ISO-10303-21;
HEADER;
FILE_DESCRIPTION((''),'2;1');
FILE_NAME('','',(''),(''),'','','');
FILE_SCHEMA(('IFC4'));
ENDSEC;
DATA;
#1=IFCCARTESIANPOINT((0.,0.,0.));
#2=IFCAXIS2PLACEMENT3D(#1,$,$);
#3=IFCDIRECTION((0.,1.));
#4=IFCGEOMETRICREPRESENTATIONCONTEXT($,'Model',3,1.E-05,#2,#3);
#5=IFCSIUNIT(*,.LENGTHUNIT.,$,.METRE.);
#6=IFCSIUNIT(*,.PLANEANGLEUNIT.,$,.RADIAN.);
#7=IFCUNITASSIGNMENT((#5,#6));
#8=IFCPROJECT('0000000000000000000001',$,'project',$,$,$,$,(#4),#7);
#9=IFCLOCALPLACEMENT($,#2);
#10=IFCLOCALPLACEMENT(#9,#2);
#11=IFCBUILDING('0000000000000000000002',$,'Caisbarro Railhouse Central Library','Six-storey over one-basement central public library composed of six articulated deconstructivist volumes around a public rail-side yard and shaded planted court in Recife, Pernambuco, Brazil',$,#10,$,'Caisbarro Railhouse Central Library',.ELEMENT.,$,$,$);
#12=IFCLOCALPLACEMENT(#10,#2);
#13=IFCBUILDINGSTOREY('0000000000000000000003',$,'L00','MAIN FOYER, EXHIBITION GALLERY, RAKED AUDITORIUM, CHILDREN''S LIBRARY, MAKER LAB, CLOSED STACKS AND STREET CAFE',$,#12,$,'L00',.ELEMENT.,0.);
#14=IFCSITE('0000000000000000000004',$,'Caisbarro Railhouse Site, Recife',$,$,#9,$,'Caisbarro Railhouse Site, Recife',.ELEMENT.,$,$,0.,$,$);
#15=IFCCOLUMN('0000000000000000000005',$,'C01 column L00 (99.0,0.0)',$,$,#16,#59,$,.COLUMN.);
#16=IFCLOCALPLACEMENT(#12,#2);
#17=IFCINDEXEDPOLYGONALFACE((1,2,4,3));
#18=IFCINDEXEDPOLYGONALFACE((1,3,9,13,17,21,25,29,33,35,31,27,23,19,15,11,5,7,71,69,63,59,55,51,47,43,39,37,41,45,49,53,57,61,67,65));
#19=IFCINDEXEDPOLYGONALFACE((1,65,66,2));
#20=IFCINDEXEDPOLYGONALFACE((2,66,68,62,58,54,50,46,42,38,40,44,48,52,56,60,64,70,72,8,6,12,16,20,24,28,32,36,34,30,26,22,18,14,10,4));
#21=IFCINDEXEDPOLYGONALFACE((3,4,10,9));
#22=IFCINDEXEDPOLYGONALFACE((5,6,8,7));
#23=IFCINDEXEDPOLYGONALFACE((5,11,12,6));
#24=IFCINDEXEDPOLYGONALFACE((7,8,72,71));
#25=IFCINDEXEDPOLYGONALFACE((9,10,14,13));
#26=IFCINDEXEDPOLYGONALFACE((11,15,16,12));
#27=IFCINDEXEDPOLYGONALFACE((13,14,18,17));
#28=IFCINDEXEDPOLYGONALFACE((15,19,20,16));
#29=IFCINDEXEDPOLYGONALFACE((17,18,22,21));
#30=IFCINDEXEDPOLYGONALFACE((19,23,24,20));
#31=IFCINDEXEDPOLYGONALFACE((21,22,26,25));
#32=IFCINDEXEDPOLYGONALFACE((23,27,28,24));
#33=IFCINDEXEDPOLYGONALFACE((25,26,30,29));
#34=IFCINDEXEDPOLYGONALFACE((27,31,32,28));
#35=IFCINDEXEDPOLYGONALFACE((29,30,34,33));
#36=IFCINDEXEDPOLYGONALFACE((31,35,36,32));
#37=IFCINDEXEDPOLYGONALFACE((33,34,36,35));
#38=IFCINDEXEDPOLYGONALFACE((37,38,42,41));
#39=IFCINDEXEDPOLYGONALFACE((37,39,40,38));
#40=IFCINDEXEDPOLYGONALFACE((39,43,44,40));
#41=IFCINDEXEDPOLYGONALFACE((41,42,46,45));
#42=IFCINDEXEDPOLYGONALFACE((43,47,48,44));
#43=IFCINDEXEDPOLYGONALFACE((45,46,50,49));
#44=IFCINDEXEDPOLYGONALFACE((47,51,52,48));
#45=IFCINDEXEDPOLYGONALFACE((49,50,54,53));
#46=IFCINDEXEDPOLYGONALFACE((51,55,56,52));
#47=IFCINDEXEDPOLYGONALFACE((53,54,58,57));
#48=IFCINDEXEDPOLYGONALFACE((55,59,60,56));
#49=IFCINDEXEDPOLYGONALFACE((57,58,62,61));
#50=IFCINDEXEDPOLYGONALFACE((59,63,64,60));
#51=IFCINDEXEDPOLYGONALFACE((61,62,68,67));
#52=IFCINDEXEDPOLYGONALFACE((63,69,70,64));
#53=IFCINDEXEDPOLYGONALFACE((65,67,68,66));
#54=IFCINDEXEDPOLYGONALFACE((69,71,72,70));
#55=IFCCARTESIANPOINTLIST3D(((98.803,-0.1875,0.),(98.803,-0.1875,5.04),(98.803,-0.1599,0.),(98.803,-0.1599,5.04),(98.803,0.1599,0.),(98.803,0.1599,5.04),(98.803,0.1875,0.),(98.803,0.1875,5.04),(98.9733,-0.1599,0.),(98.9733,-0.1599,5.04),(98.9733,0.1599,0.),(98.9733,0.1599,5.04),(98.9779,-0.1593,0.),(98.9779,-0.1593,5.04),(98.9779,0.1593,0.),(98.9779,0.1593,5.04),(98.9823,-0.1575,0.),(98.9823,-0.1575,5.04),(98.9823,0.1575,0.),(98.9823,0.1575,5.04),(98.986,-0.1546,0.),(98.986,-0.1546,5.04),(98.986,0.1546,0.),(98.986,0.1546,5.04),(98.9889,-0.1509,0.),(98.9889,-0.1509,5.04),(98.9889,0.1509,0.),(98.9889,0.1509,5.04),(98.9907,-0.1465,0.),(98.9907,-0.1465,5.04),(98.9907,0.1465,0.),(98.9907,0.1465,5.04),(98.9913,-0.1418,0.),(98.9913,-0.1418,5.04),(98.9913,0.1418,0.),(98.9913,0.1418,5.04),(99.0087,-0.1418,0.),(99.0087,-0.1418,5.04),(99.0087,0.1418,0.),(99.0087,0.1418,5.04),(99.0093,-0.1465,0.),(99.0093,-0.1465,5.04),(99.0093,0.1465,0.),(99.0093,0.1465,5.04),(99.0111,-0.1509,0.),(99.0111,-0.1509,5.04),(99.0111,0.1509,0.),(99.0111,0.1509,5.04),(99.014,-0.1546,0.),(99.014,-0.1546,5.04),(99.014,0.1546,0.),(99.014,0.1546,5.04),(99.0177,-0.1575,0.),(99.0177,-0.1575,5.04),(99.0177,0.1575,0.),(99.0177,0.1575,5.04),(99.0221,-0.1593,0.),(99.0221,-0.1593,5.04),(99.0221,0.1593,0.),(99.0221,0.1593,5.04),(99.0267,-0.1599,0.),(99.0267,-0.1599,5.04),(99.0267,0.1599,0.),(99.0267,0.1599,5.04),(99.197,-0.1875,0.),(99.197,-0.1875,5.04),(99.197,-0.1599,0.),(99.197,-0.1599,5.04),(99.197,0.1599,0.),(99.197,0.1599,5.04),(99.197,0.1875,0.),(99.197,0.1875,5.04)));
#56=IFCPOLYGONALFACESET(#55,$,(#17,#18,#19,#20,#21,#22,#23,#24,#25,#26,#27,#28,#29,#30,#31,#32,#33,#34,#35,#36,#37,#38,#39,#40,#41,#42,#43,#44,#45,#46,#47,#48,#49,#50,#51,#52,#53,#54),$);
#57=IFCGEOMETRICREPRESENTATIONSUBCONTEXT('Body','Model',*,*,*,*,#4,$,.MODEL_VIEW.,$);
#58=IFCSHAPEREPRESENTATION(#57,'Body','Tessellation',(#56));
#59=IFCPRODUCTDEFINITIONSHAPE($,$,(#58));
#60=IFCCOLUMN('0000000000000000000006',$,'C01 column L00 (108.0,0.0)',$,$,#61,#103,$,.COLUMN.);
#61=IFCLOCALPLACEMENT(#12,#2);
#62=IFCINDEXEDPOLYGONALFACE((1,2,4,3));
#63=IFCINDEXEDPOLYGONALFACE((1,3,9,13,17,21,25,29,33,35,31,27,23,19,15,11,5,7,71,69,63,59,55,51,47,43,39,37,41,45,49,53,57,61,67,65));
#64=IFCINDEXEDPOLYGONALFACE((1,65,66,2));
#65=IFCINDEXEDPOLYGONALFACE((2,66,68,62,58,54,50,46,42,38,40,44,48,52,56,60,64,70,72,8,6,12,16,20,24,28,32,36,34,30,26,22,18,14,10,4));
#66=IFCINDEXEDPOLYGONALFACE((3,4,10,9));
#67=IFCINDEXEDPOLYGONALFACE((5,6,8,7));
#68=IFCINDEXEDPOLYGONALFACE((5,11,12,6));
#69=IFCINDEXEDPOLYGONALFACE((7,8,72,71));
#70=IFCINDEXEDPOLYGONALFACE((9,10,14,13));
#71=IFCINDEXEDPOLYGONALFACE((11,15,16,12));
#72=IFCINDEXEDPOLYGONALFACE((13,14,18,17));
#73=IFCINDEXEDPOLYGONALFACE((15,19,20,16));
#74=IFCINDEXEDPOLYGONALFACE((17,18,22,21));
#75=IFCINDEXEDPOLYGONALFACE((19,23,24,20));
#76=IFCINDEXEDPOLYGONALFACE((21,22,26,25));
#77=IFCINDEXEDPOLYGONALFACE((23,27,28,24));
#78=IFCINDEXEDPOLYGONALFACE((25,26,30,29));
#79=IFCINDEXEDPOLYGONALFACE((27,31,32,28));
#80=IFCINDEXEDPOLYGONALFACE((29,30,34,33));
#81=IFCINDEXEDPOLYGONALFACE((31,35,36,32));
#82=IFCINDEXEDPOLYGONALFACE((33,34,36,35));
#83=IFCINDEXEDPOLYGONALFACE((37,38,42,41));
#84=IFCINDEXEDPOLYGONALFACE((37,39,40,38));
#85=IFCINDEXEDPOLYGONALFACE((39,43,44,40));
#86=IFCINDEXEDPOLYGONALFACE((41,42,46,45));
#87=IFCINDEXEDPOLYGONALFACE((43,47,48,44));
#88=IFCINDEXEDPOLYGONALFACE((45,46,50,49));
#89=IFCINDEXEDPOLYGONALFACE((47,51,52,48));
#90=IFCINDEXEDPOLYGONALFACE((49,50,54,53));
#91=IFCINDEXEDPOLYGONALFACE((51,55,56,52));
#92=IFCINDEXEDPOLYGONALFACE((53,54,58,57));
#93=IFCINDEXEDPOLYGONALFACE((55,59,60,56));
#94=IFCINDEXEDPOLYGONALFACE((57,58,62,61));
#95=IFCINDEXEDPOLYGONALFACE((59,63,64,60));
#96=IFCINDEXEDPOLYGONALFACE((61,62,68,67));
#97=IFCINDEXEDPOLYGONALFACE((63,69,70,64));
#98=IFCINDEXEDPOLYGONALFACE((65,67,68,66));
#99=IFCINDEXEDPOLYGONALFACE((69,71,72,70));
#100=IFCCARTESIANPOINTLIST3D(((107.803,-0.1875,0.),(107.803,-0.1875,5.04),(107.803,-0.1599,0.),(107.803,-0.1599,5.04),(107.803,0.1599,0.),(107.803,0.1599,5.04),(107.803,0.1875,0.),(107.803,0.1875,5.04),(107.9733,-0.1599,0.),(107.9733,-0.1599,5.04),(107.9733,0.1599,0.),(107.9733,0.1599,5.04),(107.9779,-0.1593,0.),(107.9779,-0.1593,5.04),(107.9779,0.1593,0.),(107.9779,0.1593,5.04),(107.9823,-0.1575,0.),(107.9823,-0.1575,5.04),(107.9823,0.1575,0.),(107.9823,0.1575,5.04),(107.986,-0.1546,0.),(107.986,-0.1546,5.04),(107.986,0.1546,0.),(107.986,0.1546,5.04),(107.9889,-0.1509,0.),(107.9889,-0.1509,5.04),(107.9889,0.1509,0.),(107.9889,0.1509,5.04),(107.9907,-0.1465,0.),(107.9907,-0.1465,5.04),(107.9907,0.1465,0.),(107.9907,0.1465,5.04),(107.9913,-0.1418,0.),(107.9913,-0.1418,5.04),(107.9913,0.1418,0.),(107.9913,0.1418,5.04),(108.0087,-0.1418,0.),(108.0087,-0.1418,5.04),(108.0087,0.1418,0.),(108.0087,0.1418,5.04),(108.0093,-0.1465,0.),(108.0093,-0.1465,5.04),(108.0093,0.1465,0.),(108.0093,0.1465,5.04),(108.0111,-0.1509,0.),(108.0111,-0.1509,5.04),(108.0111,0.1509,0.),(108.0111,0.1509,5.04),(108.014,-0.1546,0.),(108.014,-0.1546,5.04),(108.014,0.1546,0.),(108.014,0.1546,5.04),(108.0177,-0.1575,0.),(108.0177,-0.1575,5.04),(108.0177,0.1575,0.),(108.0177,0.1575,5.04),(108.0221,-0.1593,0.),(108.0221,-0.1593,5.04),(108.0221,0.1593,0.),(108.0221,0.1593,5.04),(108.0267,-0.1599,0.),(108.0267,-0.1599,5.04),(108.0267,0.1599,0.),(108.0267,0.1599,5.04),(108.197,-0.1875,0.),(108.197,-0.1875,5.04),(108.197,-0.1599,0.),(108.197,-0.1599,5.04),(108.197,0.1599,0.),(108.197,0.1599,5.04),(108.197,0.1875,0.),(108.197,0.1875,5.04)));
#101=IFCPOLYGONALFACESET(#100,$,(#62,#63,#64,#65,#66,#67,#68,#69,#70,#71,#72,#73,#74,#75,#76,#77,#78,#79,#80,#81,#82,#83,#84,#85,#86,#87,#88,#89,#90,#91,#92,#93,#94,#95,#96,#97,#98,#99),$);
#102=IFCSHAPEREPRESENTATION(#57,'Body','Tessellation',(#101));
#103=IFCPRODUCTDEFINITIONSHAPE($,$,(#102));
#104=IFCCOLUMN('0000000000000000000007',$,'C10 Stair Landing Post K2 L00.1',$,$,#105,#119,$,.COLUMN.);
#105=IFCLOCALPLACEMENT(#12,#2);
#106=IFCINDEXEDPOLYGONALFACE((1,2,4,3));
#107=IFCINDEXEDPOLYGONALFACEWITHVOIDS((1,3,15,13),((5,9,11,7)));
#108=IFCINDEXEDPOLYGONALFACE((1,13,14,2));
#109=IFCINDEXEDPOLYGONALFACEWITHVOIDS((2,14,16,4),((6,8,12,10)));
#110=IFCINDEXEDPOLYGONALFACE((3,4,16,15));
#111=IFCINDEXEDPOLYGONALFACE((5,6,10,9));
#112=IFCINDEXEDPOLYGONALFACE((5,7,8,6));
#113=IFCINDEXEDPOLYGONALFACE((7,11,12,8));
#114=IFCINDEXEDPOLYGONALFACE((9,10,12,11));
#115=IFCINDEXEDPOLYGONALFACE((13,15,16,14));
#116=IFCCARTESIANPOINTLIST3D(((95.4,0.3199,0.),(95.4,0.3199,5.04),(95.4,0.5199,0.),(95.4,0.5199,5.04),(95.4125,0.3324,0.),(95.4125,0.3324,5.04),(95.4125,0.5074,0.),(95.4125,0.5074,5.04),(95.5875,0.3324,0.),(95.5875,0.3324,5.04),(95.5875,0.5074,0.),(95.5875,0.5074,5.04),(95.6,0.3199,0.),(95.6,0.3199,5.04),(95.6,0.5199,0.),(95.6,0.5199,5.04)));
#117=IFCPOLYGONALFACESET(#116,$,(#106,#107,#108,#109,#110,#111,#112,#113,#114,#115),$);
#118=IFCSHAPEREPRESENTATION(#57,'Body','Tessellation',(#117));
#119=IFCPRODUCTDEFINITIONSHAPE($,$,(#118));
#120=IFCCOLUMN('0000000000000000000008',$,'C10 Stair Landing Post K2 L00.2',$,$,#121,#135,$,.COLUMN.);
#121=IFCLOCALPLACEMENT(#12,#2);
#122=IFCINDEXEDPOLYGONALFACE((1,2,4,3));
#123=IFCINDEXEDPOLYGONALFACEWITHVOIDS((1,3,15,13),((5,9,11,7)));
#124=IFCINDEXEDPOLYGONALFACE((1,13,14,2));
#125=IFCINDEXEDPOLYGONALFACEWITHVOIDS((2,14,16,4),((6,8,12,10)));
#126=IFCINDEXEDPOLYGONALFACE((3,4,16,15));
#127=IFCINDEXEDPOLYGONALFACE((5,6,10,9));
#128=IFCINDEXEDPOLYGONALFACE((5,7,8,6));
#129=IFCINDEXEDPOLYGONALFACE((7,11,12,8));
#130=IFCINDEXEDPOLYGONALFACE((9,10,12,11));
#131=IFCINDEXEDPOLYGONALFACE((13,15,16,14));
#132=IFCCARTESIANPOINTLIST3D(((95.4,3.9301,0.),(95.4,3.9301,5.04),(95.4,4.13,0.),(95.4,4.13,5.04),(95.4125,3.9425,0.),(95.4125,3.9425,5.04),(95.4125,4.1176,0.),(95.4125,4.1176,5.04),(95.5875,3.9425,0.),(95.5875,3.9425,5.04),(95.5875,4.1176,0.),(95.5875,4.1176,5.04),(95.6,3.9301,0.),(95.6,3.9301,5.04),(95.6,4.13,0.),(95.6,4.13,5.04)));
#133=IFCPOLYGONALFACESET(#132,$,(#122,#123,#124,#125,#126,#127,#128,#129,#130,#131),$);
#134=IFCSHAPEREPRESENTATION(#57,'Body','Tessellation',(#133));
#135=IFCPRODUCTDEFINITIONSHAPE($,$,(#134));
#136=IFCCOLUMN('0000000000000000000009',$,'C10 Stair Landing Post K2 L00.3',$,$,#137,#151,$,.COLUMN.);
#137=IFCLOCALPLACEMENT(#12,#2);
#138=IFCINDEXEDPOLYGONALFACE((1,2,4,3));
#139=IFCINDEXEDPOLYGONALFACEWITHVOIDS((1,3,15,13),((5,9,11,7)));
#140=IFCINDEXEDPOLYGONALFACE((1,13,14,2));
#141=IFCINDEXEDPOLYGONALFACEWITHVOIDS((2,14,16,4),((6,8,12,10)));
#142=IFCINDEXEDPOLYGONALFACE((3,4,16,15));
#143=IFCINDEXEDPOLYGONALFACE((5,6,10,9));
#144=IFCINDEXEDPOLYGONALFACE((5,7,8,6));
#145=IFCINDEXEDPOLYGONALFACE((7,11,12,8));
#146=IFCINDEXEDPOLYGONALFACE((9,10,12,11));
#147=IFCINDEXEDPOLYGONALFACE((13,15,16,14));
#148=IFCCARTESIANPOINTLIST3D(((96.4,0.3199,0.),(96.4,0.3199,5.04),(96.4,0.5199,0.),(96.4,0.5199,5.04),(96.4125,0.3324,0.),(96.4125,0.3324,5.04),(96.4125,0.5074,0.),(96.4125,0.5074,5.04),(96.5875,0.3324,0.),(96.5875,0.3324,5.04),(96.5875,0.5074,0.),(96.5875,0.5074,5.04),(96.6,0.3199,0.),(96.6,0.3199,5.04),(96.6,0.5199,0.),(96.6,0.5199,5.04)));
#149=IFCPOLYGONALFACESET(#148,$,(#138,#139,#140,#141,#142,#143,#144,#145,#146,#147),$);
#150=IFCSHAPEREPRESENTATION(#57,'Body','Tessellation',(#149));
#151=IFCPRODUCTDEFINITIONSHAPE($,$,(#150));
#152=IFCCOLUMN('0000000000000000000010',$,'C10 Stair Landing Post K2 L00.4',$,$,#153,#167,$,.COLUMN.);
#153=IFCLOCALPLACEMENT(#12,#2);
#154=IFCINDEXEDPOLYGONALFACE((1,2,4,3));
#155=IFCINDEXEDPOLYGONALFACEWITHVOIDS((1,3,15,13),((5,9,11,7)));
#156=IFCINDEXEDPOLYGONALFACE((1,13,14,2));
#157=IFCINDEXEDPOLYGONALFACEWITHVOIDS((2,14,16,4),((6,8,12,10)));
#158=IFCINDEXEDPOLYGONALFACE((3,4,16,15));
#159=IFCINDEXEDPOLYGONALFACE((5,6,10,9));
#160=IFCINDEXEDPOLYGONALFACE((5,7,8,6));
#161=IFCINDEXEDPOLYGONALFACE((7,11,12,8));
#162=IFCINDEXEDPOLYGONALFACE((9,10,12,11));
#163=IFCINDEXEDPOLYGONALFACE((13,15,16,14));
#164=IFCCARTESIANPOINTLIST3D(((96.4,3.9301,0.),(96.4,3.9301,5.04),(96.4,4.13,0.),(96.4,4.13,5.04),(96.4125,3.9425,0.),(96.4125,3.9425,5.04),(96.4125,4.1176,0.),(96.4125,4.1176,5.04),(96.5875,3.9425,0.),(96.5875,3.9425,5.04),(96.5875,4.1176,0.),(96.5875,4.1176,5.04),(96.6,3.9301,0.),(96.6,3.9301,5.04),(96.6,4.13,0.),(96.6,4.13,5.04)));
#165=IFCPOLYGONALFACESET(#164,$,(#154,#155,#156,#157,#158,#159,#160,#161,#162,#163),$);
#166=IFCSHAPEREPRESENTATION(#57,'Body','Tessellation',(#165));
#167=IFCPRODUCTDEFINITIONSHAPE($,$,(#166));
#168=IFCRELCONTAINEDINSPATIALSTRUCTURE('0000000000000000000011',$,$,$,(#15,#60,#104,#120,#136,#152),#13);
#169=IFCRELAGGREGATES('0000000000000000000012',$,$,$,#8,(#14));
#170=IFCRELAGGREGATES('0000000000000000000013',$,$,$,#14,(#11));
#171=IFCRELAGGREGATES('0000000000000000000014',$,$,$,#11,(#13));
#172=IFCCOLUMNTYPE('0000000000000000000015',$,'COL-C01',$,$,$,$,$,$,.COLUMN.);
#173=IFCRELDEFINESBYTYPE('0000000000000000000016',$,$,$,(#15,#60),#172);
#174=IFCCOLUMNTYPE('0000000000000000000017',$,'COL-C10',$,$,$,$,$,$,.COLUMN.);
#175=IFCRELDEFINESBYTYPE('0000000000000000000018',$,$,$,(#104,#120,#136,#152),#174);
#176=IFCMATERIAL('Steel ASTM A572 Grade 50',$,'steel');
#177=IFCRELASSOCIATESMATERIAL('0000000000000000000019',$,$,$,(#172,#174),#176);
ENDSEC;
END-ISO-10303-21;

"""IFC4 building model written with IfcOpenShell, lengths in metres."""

from ifc_helpers import new_model, si_unit, direction, frame, origin, origin_2d, place, context, subcontext, project, spatial, hollow_rectangle, i_section, extrude, material, material_profile, profile_set, type_object, element, save


model = new_model("IFC4")

# Units and contexts
model_context = context("Model", 3, precision=1e-05, world=origin(), true_north=direction((0.0, 1.0)))
body_context = subcontext(model_context, "Body", "Model", "MODEL_VIEW")
ifc_project = project(units=[si_unit("LENGTHUNIT", "METRE"), si_unit("PLANEANGLEUNIT", "RADIAN")], contexts=[model_context])

# Site, building, storey
site_placement = place(None, origin())
site = spatial("IfcSite", under=ifc_project, at=site_placement, Name="Caisbarro Railhouse Site, Recife", LongName="Caisbarro Railhouse Site, Recife", CompositionType="ELEMENT", RefElevation=0.0)
building_placement = place(site_placement, origin())
building = spatial("IfcBuilding", under=site, at=building_placement, Name="Caisbarro Railhouse Central Library", Description="Six-storey over one-basement central public library composed of six articulated deconstructivist volumes around a public rail-side yard and shaded planted court in Recife, Pernambuco, Brazil", LongName="Caisbarro Railhouse Central Library", CompositionType="ELEMENT")
storey_placement = place(building_placement, origin())
storey = spatial("IfcBuildingStorey", under=building, at=storey_placement, Name="L00", Description="MAIN FOYER, EXHIBITION GALLERY, RAKED AUDITORIUM, CHILDREN'S LIBRARY, MAKER LAB, CLOSED STACKS AND STREET CAFE", LongName="L00", CompositionType="ELEMENT", Elevation=0.0)

# Columns
ifc_material_1 = material(Name="Steel ASTM A572 Grade 50", Category="steel")
ifc_material_profile_1 = material_profile(ifc_material_1, i_section(OverallWidth=0.394, OverallDepth=0.375, WebThickness=0.0173, FlangeThickness=0.0276, FilletRadius=0.0181, at=origin_2d()), Name="W360X216.0")
ifc_profile_set_1 = profile_set([ifc_material_profile_1], Name="Steel ASTM A572 Grade 50")
column_type_1 = type_object("IfcColumnType", Name="COL-C01", PredefinedType="COLUMN", material=ifc_profile_set_1)
for number, where, z_axis, x_axis, name in (
    (1, (99.0, 0.0, 0.0), (0.0, 0.0, 1.0), (1.0, 0.0, 0.0), "C01 column L00 (99.0,0.0)"),
    (2, (108.0, 0.0, 0.0), (0.0, 0.0, 1.0), (1.0, 0.0, 0.0), "C01 column L00 (108.0,0.0)"),
):
    element("IfcColumn", number, at=place(storey_placement, frame(where, z_axis=z_axis, x_axis=x_axis)), inside=storey, type_object=column_type_1, Name=name, PredefinedType="COLUMN", context=body_context, shape_type="SweptSolid", body=[
        extrude(i_section(OverallWidth=0.394, OverallDepth=0.375, WebThickness=0.0173, FlangeThickness=0.0276, FilletRadius=0.0181, at=origin_2d()), origin(), (0.0, 0.0, 1.0), 5.04),
    ])
ifc_material_profile_2 = material_profile(ifc_material_1, hollow_rectangle(XDim=0.2, YDim=0.2, WallThickness=0.0125, at=origin_2d()), Name="HSS200X200X12.5")
ifc_profile_set_2 = profile_set([ifc_material_profile_2], Name="Steel ASTM A572 Grade 50")
column_type_2 = type_object("IfcColumnType", Name="COL-C10", PredefinedType="COLUMN", material=ifc_profile_set_2)
for number, where, z_axis, x_axis, name in (
    (3, (95.5, 0.4199, 0.0), (0.0, 0.0, 1.0), (1.0, 0.0, 0.0), "C10 Stair Landing Post K2 L00.1"),
    (4, (95.5, 4.03, 0.0), (0.0, 0.0, 1.0), (1.0, 0.0, 0.0), "C10 Stair Landing Post K2 L00.2"),
    (5, (96.5, 0.4199, 0.0), (0.0, 0.0, 1.0), (1.0, 0.0, 0.0), "C10 Stair Landing Post K2 L00.3"),
    (6, (96.5, 4.03, 0.0), (0.0, 0.0, 1.0), (1.0, 0.0, 0.0), "C10 Stair Landing Post K2 L00.4"),
):
    element("IfcColumn", number, at=place(storey_placement, frame(where, z_axis=z_axis, x_axis=x_axis)), inside=storey, type_object=column_type_2, Name=name, PredefinedType="COLUMN", context=body_context, shape_type="SweptSolid", body=[
        extrude(hollow_rectangle(XDim=0.2, YDim=0.2, WallThickness=0.0125, at=origin_2d()), origin(), (0.0, 0.0, 1.0), 5.04),
    ])

save(model, "model.ifc")
